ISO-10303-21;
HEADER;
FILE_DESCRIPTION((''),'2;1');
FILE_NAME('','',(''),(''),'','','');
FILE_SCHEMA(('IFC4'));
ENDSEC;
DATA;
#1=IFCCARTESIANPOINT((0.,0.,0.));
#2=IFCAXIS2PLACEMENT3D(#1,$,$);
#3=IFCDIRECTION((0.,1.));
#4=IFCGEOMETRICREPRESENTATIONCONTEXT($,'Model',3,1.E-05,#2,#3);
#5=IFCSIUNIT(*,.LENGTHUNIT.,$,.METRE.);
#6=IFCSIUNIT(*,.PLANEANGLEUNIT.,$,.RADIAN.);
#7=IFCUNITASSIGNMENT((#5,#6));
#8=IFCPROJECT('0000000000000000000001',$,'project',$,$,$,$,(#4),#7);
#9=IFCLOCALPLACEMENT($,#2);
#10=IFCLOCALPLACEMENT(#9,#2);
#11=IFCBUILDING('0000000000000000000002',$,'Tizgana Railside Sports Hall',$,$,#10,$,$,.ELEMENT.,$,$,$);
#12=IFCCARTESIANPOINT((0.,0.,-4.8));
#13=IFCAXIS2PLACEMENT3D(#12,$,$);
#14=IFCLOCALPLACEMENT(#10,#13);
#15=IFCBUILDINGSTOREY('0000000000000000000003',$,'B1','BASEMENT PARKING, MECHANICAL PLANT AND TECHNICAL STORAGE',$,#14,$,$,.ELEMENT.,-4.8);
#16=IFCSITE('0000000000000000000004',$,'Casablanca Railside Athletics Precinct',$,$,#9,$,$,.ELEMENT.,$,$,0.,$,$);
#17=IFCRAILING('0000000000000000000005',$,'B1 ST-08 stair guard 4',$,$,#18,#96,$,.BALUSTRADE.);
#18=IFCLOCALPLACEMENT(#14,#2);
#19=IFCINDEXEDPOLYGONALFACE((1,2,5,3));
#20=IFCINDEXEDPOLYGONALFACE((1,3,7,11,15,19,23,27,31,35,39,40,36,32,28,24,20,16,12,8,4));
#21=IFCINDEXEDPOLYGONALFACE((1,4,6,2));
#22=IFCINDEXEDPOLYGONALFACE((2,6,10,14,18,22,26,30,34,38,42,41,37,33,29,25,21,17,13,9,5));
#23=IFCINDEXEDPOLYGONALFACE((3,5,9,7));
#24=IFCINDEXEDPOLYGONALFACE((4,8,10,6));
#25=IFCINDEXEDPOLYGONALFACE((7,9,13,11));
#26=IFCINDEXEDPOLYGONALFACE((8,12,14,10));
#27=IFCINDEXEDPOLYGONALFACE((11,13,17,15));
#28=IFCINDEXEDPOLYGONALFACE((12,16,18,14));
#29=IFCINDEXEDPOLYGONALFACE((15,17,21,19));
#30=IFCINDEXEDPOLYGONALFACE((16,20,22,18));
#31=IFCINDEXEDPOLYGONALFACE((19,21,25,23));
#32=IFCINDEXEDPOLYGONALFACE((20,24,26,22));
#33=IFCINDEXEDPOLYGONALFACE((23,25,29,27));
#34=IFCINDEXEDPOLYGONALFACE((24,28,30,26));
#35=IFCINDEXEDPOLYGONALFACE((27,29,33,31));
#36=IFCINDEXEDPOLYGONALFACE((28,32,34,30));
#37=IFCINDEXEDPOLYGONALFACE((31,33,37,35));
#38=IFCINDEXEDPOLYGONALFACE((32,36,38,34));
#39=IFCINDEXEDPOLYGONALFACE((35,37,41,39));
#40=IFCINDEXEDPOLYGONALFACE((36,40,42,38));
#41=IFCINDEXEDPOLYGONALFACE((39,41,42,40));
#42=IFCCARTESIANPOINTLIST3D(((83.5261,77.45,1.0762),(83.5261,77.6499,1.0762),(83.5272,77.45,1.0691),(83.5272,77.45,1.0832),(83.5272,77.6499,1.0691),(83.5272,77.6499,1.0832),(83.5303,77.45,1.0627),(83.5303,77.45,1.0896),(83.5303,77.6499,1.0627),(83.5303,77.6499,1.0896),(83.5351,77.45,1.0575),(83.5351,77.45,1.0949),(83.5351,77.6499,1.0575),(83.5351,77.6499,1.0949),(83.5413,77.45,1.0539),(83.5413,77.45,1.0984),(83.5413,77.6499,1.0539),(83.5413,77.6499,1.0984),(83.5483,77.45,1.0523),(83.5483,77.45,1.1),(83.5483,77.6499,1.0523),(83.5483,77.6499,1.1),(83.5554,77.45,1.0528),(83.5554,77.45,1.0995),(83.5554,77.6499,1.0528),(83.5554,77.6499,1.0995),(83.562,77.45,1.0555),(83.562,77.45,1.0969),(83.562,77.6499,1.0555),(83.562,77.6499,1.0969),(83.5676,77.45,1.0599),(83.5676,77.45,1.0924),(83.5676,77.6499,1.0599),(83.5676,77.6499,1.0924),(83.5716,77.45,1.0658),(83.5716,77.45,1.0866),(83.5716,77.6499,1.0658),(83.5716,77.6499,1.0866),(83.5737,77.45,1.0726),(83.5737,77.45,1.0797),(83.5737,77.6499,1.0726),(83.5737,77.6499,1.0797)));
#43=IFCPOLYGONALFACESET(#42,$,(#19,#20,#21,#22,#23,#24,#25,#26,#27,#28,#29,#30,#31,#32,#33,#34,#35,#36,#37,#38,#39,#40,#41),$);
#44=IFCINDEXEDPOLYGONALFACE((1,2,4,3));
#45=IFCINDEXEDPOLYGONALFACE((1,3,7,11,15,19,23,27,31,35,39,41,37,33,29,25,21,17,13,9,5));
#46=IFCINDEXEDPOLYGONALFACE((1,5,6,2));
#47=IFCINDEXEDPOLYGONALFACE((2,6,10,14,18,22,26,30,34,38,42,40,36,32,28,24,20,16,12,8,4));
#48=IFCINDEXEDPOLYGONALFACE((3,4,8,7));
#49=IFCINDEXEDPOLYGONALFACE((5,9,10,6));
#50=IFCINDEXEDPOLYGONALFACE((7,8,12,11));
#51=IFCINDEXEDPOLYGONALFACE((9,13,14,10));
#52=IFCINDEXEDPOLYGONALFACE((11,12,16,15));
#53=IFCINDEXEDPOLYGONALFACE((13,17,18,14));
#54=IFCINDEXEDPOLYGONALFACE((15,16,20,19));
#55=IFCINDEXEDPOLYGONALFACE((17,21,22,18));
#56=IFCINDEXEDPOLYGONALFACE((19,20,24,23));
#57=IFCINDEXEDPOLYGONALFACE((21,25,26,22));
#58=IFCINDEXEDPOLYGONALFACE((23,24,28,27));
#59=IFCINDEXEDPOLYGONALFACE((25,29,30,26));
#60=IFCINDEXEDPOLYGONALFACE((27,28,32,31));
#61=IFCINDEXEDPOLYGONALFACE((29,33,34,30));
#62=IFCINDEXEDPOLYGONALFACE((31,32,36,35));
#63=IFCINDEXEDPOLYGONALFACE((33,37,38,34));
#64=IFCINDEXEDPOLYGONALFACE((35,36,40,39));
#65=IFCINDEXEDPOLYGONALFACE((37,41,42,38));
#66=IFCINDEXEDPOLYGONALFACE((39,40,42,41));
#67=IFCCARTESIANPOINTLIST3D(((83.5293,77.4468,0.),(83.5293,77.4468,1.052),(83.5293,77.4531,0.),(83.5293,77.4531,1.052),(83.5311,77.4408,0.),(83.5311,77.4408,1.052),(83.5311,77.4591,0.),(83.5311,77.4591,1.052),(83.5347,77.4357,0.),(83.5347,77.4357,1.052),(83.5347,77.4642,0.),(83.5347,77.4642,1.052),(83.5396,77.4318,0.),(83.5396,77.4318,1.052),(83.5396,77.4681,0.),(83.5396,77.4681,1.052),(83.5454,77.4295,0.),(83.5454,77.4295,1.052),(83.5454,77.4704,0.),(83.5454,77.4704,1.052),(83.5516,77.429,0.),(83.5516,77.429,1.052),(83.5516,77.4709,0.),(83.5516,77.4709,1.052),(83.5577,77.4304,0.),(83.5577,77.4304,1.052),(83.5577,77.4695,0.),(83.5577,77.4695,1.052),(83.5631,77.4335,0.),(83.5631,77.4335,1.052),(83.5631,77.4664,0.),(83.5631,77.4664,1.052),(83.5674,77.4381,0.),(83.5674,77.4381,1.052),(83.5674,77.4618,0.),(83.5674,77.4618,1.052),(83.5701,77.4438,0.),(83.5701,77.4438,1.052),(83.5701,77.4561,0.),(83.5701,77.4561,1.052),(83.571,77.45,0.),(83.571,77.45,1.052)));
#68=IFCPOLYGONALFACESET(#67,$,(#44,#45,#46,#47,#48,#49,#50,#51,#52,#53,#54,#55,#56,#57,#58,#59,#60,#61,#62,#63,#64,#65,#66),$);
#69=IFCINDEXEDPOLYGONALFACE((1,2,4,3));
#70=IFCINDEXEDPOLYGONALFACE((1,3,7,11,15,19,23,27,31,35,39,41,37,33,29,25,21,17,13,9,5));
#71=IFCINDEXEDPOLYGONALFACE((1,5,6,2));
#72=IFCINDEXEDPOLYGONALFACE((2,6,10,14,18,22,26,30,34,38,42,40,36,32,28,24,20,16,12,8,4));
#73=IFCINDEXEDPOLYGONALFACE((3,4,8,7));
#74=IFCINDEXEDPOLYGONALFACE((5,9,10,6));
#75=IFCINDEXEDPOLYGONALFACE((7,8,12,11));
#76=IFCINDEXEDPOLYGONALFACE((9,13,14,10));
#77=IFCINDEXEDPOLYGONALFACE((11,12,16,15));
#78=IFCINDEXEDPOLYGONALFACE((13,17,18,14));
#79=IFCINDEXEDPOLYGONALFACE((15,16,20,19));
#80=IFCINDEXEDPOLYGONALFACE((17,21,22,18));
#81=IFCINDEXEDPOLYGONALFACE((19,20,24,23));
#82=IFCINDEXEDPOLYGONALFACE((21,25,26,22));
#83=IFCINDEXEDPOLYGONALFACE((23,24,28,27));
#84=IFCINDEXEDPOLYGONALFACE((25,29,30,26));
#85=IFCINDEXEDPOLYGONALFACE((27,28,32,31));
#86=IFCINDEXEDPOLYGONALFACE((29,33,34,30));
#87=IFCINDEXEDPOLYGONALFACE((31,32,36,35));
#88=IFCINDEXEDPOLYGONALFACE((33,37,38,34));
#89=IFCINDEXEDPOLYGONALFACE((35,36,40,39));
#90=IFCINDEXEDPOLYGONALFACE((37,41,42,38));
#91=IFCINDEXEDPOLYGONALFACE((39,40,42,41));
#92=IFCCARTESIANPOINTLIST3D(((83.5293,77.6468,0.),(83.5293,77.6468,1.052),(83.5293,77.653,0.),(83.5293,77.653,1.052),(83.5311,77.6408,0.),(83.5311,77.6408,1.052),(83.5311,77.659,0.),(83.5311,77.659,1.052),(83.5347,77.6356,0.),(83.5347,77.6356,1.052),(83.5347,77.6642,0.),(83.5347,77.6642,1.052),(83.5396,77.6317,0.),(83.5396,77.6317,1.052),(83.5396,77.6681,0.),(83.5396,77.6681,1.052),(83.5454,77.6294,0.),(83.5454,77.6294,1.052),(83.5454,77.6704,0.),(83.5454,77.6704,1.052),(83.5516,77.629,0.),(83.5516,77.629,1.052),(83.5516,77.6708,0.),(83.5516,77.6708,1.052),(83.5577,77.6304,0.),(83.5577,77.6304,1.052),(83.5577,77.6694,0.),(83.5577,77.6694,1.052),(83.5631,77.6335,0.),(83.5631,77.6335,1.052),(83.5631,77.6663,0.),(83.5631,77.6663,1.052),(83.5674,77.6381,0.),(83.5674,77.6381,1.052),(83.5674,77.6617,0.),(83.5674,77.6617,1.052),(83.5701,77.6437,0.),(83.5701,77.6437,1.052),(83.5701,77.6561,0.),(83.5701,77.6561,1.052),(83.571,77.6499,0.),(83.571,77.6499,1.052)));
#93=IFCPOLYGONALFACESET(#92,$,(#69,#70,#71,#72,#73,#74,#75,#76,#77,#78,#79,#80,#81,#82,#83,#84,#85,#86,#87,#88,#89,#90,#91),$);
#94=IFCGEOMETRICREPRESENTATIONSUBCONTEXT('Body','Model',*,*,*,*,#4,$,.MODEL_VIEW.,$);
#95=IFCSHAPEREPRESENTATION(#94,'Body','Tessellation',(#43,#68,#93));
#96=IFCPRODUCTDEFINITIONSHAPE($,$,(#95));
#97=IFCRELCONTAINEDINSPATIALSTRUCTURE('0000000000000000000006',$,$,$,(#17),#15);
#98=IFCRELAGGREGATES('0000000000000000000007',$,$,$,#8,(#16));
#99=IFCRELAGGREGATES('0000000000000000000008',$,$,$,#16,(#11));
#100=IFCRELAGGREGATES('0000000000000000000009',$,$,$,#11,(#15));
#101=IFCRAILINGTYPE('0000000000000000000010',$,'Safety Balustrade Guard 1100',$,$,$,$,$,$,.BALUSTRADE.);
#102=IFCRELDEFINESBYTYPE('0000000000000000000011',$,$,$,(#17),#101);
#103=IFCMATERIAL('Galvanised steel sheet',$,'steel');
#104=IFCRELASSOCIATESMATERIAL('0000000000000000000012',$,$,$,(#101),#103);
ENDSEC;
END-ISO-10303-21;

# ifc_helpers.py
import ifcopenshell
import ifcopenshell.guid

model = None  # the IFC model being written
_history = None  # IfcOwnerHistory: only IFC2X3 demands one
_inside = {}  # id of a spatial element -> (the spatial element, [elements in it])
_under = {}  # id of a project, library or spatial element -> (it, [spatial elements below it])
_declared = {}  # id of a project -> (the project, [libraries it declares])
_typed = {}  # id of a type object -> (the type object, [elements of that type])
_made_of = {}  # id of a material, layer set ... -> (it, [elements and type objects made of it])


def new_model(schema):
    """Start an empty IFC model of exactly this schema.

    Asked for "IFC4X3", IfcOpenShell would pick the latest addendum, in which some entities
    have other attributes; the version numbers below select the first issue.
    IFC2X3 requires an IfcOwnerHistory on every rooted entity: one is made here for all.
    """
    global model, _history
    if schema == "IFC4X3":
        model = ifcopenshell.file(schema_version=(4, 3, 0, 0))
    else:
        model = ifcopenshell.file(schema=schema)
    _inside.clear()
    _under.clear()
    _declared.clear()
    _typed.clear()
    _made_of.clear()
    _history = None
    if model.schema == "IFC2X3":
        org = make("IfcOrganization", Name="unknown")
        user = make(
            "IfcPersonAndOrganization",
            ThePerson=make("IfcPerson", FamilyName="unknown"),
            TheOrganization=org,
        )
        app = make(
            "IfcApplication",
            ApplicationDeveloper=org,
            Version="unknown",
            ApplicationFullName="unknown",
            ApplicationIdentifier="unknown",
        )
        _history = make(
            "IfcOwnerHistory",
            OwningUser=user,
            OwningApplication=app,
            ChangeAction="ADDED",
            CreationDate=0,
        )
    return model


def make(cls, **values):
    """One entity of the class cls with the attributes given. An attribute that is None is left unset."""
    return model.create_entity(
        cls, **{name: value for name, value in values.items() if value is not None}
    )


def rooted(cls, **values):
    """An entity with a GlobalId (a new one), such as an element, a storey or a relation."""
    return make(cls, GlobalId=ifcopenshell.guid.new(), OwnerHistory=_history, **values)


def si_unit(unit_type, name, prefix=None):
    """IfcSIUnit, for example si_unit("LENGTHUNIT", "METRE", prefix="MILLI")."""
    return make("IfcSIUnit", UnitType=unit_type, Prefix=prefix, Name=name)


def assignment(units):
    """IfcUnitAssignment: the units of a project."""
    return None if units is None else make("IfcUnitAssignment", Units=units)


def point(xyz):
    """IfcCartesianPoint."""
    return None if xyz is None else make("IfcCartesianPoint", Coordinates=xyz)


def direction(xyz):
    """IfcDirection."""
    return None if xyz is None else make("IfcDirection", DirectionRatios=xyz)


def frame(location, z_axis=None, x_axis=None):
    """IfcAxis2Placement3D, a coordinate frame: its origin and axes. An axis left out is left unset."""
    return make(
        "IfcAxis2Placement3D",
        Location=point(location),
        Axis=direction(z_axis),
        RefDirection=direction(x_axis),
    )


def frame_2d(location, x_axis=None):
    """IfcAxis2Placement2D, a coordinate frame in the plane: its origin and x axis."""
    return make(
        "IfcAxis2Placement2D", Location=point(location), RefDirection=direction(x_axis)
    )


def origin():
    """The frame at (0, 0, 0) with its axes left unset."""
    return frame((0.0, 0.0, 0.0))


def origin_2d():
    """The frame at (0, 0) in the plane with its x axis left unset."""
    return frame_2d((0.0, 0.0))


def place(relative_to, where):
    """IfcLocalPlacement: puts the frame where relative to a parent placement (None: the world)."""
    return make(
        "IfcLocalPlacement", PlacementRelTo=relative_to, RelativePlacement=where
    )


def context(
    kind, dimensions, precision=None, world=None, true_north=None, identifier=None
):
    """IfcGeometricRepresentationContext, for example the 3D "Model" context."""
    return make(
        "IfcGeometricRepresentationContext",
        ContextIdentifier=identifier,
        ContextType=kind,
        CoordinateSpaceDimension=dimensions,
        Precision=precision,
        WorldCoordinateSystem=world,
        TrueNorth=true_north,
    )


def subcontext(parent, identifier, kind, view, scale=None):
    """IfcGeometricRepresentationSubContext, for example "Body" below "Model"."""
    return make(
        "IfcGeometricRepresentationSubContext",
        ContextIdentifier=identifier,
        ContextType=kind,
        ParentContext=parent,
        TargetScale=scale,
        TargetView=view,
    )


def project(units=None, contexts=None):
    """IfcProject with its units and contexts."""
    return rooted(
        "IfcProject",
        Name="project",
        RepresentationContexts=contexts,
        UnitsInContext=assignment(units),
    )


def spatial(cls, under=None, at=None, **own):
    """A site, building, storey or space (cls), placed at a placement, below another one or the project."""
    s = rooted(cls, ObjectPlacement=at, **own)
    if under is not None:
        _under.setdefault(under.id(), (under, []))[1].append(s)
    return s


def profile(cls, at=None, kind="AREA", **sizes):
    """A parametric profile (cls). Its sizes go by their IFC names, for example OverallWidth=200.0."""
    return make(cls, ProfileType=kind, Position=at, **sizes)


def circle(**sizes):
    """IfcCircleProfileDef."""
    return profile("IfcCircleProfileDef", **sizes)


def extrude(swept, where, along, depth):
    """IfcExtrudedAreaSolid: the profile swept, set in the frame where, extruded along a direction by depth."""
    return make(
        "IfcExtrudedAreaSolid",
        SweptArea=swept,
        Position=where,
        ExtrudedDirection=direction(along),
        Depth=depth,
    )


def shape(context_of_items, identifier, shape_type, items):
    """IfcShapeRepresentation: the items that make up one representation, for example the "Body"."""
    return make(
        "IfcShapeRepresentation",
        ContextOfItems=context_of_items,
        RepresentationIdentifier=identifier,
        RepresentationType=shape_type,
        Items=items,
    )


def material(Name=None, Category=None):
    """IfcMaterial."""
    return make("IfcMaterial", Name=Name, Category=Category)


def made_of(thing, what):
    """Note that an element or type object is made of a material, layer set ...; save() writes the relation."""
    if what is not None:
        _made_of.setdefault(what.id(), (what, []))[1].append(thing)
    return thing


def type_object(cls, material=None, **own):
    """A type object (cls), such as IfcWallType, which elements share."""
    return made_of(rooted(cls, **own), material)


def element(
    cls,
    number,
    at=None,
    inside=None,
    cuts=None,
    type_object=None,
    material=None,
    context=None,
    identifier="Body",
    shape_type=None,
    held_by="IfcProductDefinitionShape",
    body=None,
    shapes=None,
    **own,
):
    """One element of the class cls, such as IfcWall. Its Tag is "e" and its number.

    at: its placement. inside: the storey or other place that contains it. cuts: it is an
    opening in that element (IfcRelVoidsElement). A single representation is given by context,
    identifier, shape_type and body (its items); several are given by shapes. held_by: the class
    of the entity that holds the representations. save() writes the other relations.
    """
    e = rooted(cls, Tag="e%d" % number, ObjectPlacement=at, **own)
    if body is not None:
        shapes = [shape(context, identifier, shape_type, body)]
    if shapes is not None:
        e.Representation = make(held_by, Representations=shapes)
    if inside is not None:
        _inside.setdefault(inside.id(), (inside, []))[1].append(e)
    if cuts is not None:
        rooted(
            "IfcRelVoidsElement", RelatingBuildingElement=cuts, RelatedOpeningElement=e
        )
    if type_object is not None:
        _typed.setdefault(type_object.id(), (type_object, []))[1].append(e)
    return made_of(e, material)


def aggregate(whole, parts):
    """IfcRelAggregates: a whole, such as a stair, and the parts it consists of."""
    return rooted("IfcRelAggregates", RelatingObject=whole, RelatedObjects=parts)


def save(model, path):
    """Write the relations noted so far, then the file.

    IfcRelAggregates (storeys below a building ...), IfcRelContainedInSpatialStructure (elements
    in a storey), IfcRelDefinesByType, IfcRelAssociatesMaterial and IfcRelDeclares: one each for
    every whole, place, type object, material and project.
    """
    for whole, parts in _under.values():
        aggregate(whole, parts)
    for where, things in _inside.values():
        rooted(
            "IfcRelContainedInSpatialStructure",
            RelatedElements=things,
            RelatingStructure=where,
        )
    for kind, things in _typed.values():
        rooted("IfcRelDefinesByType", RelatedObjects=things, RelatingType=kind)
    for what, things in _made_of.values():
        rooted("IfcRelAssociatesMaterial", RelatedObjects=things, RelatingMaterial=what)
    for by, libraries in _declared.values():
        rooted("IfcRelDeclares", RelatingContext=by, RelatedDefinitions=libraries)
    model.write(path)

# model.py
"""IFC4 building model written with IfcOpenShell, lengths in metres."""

from ifc_helpers import new_model, si_unit, direction, frame, origin, origin_2d, place, context, subcontext, project, spatial, circle, extrude, material, type_object, element, save


model = new_model("IFC4")

# Units and contexts
model_context = context("Model", 3, precision=1e-05, world=origin(), true_north=direction((0.0, 1.0)))
body_context = subcontext(model_context, "Body", "Model", "MODEL_VIEW")
ifc_project = project(units=[si_unit("LENGTHUNIT", "METRE"), si_unit("PLANEANGLEUNIT", "RADIAN")], contexts=[model_context])

# Site, building, storey
site_placement = place(None, origin())
site = spatial("IfcSite", under=ifc_project, at=site_placement, Name="Casablanca Railside Athletics Precinct", CompositionType="ELEMENT", RefElevation=0.0)
building_placement = place(site_placement, origin())
building = spatial("IfcBuilding", under=site, at=building_placement, Name="Tizgana Railside Sports Hall", CompositionType="ELEMENT")
storey_placement = place(building_placement, frame((0.0, 0.0, -4.8)))
storey = spatial("IfcBuildingStorey", under=building, at=storey_placement, Name="B1", Description="BASEMENT PARKING, MECHANICAL PLANT AND TECHNICAL STORAGE", CompositionType="ELEMENT", Elevation=-4.8)

# Railing
ifc_material_1 = material(Name="Galvanised steel sheet", Category="steel")
railing_type_1 = type_object("IfcRailingType", Name="Safety Balustrade Guard 1100", PredefinedType="BALUSTRADE", material=ifc_material_1)
railing_1_placement = place(storey_placement, frame((83.55, 77.45, 0.0)))
element("IfcRailing", 1, at=railing_1_placement, inside=storey, type_object=railing_type_1, Name="B1 ST-08 stair guard 4", PredefinedType="BALUSTRADE", context=body_context, shape_type="SweptSolid", body=[
    extrude(circle(Radius=0.0239, at=origin_2d()), frame((0.0, 0.0, 1.0762), z_axis=(0.0, 1.0, 0.0), x_axis=(-1.0, 0.0, 0.0)), (0.0, 0.0, 1.0), 0.2),
    extrude(circle(Radius=0.021, at=origin_2d()), origin(), (0.0, 0.0, 1.0), 1.052),
    extrude(circle(Radius=0.021, at=origin_2d()), frame((0.0, 0.2, 0.0)), (0.0, 0.0, 1.0), 1.052),
])

save(model, "model.ifc")
